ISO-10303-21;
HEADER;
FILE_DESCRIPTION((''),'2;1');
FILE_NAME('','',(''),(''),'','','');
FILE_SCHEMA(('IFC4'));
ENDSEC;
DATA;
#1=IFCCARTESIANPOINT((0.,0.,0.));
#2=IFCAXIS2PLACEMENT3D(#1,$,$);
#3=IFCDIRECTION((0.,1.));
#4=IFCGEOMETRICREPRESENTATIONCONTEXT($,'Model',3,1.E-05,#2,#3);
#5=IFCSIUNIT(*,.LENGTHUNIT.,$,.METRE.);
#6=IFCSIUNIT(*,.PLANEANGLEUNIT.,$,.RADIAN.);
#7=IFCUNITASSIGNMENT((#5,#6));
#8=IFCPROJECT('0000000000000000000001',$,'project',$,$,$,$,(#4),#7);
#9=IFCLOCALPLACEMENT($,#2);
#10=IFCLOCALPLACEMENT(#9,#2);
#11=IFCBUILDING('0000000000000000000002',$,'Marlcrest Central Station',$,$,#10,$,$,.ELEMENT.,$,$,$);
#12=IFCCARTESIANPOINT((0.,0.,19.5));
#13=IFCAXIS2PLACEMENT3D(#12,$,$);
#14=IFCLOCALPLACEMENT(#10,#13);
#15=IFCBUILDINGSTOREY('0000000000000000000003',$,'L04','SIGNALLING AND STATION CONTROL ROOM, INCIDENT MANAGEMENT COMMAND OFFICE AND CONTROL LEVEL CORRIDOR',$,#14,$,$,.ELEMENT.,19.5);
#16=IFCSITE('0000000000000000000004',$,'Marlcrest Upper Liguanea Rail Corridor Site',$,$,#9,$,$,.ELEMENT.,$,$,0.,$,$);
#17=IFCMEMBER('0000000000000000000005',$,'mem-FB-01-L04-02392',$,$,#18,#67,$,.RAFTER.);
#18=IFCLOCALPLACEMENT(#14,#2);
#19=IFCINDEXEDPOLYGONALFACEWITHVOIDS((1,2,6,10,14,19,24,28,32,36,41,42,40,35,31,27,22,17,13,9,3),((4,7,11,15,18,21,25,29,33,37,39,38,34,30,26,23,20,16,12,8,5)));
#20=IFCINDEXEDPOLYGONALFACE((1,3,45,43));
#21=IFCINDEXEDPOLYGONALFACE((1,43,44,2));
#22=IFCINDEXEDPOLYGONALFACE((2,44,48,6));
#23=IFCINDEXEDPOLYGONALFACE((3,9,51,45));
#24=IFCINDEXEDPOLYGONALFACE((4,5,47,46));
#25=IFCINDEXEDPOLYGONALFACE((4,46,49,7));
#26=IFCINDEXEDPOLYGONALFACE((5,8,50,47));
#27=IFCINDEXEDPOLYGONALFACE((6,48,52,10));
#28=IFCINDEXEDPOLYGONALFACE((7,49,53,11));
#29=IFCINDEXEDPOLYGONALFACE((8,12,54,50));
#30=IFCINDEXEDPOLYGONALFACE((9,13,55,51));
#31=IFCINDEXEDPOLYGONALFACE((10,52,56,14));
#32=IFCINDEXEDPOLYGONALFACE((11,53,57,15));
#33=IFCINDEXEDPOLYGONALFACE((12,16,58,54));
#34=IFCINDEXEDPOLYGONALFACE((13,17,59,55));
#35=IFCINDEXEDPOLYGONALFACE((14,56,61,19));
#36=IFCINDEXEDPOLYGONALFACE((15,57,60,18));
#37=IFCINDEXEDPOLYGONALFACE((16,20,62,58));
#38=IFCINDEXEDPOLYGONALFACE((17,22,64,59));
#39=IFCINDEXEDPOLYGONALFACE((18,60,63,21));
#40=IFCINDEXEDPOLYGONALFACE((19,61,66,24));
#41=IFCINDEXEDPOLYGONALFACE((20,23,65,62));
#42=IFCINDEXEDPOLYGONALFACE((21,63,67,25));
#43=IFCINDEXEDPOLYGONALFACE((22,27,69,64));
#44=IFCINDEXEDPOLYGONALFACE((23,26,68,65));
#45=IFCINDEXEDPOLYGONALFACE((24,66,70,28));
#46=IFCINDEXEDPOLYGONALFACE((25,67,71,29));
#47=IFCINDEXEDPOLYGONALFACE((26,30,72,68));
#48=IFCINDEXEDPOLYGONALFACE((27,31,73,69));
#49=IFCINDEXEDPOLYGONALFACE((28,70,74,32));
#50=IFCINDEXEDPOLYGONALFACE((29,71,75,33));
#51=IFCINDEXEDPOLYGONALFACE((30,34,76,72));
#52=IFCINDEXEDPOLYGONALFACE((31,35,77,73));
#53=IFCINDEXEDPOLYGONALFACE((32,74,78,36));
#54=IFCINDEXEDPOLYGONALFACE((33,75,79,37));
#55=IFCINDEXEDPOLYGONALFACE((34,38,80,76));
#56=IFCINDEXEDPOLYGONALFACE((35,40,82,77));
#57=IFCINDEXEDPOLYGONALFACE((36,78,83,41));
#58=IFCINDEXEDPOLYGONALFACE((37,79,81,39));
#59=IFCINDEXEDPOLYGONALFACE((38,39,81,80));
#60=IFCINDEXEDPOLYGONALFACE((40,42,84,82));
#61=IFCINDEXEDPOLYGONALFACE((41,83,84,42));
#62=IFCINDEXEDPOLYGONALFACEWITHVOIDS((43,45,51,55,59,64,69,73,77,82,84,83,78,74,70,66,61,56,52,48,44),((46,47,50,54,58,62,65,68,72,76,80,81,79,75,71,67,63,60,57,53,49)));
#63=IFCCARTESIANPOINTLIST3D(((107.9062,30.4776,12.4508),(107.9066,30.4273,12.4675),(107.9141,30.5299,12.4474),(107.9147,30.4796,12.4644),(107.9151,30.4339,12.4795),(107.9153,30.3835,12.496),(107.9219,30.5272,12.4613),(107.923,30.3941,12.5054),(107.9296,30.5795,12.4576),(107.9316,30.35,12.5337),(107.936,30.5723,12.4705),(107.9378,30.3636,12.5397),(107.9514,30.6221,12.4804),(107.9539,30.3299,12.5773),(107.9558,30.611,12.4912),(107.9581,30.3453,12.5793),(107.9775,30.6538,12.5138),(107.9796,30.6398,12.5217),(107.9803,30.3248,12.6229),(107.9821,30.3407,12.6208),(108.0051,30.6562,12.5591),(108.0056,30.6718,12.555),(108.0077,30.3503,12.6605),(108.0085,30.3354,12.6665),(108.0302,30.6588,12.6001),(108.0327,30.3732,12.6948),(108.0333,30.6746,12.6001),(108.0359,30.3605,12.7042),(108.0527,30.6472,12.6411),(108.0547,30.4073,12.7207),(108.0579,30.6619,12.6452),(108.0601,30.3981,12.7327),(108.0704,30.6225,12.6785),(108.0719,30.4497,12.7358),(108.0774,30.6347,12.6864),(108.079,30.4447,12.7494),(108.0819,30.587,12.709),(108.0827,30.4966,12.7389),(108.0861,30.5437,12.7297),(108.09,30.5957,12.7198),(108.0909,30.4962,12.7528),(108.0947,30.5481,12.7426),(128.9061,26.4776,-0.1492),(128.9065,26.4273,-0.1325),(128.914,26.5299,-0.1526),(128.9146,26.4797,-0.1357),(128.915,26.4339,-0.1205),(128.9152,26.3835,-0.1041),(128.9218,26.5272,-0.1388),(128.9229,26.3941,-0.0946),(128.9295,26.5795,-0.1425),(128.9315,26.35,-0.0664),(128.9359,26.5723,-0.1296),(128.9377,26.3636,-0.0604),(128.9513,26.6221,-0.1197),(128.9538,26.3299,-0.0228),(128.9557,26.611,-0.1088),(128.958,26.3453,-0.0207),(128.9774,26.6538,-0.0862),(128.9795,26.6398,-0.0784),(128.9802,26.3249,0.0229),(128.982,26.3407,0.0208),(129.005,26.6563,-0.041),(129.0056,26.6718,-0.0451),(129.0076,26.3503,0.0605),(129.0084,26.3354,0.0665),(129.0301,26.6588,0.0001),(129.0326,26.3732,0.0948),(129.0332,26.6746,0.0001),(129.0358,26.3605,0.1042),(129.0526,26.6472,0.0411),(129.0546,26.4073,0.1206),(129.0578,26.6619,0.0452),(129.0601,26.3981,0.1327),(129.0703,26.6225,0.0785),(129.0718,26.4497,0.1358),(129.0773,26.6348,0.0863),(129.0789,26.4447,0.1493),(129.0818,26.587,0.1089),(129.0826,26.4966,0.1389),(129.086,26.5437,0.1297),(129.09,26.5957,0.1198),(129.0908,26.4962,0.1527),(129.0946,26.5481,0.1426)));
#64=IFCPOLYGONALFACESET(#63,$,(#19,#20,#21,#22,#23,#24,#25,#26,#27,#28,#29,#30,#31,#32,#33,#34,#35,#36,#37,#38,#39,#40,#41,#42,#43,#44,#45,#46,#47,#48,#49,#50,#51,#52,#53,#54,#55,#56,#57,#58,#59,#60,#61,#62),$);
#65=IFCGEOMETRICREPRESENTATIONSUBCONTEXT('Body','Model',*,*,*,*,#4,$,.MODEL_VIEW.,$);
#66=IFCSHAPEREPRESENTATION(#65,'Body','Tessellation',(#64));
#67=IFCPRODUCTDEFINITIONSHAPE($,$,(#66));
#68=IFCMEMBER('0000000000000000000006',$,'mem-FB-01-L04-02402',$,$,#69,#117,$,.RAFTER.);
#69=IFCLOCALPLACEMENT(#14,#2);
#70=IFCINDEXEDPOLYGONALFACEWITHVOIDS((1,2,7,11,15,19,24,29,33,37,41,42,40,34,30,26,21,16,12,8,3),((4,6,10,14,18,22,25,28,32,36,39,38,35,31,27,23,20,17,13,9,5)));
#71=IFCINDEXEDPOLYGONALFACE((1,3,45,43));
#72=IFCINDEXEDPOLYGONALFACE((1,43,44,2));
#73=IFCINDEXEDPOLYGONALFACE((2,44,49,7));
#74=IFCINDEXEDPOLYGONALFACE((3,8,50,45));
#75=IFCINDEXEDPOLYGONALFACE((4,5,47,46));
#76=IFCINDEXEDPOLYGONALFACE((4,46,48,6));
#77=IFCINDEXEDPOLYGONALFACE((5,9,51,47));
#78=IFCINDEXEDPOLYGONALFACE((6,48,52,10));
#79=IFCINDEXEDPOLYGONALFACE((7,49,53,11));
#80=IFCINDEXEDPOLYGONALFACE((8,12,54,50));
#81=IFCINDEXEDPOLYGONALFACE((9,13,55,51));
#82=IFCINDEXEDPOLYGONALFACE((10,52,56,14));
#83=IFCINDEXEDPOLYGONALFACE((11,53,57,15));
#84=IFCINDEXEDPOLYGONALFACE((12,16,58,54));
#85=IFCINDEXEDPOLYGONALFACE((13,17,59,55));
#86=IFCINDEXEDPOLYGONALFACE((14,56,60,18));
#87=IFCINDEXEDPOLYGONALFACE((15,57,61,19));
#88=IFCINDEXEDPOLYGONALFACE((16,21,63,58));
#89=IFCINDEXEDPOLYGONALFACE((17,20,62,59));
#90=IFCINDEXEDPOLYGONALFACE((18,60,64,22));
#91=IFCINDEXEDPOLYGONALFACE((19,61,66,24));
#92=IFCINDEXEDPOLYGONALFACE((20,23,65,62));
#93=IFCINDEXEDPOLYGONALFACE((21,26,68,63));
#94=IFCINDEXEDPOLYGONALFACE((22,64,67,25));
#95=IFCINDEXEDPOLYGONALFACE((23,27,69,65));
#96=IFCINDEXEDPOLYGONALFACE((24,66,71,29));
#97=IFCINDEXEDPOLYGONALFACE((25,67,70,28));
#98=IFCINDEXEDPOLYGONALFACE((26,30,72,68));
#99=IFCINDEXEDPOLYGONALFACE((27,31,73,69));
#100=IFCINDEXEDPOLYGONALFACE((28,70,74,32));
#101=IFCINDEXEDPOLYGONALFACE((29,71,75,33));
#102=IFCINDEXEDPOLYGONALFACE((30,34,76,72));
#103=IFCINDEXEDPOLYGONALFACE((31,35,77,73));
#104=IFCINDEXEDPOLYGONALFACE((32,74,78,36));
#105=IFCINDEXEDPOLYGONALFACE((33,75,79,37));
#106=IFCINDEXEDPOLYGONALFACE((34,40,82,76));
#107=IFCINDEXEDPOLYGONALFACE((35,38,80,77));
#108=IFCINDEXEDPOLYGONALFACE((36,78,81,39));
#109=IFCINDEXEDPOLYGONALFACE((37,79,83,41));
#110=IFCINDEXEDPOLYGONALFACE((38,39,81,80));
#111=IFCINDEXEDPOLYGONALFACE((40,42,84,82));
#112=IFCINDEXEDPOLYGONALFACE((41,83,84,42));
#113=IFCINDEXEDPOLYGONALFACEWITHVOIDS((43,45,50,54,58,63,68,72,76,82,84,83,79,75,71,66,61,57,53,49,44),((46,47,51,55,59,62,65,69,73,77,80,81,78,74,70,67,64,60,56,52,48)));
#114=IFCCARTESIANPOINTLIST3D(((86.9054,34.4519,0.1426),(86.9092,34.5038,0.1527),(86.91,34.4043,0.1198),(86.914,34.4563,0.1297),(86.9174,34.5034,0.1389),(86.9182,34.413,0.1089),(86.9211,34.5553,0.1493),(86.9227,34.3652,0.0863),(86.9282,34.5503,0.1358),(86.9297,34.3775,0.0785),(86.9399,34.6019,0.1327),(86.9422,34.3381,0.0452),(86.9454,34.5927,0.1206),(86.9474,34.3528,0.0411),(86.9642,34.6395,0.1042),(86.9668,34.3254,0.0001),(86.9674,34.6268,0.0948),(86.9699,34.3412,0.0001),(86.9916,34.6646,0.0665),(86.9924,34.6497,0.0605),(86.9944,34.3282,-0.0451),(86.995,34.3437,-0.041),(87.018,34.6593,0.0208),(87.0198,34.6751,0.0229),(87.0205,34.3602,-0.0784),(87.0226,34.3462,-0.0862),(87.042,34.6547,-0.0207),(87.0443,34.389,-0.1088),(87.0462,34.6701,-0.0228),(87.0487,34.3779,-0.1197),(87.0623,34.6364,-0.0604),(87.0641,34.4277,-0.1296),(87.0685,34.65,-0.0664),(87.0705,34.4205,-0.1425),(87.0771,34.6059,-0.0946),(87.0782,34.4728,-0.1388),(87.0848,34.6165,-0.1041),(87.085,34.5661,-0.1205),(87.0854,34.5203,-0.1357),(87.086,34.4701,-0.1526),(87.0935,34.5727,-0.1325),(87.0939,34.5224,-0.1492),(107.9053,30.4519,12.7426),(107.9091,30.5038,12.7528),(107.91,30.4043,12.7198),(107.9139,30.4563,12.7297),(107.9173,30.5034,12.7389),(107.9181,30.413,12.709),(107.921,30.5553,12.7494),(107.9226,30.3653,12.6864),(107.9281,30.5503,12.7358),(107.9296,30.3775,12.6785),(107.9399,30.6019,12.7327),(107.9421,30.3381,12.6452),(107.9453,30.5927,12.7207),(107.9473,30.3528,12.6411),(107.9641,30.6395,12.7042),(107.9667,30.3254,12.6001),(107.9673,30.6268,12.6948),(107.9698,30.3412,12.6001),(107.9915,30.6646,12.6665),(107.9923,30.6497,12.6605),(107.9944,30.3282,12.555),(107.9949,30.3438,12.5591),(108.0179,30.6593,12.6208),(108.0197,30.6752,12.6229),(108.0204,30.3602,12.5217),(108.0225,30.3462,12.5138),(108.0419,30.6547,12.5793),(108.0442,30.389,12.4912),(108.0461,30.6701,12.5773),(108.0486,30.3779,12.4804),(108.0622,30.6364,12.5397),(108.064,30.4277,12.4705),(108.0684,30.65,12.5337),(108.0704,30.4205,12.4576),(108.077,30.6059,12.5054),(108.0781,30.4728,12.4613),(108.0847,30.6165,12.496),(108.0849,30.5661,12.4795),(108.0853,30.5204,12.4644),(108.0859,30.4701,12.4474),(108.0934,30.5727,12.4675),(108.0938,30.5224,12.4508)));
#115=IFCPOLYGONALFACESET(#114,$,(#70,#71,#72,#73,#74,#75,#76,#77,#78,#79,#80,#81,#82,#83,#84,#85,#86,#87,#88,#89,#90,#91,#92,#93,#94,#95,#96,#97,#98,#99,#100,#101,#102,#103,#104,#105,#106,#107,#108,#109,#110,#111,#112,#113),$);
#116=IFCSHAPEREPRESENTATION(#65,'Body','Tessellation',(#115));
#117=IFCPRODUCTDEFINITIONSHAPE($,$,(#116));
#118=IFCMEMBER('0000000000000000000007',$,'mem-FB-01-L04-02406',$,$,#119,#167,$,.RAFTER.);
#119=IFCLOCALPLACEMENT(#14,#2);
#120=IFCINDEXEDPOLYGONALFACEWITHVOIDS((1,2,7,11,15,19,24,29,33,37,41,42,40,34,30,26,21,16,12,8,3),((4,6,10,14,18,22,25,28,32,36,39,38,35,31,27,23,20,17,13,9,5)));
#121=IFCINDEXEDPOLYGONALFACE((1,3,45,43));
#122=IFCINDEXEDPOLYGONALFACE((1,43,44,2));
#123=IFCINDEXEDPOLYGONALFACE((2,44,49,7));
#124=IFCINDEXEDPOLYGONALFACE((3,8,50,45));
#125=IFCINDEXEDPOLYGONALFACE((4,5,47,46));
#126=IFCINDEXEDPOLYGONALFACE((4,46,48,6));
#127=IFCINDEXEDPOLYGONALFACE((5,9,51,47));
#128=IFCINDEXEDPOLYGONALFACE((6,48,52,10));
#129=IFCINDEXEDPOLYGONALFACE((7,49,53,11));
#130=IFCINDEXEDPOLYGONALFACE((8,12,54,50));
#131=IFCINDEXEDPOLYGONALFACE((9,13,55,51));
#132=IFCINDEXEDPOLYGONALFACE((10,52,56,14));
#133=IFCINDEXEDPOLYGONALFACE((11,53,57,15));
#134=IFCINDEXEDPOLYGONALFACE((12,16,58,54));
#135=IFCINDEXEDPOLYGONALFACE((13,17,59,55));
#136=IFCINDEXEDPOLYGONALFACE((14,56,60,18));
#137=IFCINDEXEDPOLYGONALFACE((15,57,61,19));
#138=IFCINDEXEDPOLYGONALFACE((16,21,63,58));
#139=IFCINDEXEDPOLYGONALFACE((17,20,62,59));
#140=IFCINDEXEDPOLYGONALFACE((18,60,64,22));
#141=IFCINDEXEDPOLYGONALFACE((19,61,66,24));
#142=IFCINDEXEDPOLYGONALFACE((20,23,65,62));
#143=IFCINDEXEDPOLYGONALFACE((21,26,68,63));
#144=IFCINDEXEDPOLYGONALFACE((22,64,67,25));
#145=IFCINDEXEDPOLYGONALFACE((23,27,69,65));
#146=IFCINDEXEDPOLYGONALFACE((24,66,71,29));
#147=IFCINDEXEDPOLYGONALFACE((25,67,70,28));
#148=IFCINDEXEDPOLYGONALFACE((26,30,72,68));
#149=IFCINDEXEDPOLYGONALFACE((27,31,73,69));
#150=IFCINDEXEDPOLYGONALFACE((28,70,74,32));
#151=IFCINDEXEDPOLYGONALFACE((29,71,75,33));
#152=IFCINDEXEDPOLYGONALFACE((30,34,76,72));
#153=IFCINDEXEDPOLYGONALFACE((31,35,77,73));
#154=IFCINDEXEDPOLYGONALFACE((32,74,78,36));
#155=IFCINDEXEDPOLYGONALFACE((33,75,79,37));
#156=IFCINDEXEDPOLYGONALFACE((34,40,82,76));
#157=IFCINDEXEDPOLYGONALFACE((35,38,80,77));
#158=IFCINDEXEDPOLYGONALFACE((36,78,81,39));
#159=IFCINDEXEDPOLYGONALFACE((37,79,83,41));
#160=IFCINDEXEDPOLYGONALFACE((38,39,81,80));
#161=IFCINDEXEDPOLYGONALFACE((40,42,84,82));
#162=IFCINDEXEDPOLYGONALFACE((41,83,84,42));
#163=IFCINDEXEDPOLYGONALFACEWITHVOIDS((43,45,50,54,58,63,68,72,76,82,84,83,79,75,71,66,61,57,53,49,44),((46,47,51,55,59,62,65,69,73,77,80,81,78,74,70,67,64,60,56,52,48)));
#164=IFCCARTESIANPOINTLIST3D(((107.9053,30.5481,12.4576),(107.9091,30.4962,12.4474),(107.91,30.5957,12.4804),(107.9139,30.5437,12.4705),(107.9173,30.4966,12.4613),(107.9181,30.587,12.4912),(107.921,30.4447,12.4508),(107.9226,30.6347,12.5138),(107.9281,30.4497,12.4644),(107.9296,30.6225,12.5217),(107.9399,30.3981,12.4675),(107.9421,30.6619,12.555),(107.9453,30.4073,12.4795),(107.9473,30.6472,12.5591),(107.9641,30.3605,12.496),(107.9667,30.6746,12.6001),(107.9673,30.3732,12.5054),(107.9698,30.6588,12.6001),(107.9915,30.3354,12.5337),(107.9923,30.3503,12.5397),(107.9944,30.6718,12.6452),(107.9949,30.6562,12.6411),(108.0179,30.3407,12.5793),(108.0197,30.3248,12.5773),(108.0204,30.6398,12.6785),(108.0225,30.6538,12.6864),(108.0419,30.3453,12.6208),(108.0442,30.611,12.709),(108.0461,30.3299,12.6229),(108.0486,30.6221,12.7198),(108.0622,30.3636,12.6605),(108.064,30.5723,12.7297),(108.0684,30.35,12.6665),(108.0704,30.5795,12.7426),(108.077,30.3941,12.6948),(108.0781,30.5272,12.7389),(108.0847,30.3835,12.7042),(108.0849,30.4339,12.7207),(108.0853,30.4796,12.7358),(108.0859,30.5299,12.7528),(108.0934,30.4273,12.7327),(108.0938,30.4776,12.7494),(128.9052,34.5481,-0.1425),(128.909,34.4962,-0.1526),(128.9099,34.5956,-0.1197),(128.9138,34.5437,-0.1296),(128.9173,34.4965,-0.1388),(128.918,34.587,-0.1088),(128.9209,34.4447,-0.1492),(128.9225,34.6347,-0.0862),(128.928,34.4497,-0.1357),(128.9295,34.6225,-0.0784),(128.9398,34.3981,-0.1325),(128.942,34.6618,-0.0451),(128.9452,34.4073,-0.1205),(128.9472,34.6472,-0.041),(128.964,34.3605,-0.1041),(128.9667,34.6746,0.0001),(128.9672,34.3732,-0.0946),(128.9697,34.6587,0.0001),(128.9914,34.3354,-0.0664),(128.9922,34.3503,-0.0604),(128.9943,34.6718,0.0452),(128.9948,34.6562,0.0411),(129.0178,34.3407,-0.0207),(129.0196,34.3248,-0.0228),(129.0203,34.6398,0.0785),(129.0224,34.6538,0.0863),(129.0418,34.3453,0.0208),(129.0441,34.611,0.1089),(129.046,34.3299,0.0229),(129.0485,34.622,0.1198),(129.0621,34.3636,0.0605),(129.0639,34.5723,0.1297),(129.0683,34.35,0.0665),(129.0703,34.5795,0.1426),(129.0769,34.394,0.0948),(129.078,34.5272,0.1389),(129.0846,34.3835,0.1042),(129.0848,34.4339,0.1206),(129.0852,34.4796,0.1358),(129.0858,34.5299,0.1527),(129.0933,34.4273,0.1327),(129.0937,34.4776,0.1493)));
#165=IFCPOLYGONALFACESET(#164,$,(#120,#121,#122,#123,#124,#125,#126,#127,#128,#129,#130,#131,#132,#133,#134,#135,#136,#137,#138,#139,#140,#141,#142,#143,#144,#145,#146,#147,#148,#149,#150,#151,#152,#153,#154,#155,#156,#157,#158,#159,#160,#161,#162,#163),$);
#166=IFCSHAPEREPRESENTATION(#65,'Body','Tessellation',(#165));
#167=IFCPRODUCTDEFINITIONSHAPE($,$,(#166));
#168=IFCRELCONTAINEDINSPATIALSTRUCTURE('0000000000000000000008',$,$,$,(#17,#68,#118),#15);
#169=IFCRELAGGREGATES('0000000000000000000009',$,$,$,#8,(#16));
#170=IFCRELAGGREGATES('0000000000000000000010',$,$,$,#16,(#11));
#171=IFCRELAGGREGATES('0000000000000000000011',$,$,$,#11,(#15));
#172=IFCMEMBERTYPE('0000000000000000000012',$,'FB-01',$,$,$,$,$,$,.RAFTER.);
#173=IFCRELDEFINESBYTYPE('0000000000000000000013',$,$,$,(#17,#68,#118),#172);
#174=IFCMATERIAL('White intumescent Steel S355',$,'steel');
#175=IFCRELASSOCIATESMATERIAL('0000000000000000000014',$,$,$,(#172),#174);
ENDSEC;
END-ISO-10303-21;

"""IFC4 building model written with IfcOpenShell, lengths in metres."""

from ifc_helpers import new_model, si_unit, direction, frame, origin, origin_2d, place, context, subcontext, project, spatial, hollow_circle, extrude, material, material_profile, profile_set, type_object, element, save


model = new_model("IFC4")

# Units and contexts
model_context = context("Model", 3, precision=1e-05, world=origin(), true_north=direction((0.0, 1.0)))
body_context = subcontext(model_context, "Body", "Model", "MODEL_VIEW")
ifc_project = project(units=[si_unit("LENGTHUNIT", "METRE"), si_unit("PLANEANGLEUNIT", "RADIAN")], contexts=[model_context])

# Site, building, storey
site_placement = place(None, origin())
site = spatial("IfcSite", under=ifc_project, at=site_placement, Name="Marlcrest Upper Liguanea Rail Corridor Site", CompositionType="ELEMENT", RefElevation=0.0)
building_placement = place(site_placement, origin())
building = spatial("IfcBuilding", under=site, at=building_placement, Name="Marlcrest Central Station", CompositionType="ELEMENT")
storey_placement = place(building_placement, frame((0.0, 0.0, 19.5)))
storey = spatial("IfcBuildingStorey", under=building, at=storey_placement, Name="L04", Description="SIGNALLING AND STATION CONTROL ROOM, INCIDENT MANAGEMENT COMMAND OFFICE AND CONTROL LEVEL CORRIDOR", CompositionType="ELEMENT", Elevation=19.5)

# Members
ifc_material_1 = material(Name="White intumescent Steel S355", Category="steel")
ifc_material_profile_1 = material_profile(ifc_material_1, hollow_circle(Radius=0.1777, WallThickness=0.0161, at=origin_2d()), Name="CHS 355.6x16")
ifc_profile_set_1 = profile_set([ifc_material_profile_1], Name="White intumescent Steel S355")
member_type_1 = type_object("IfcMemberType", Name="FB-01", PredefinedType="RAFTER", material=ifc_profile_set_1)
for number, where, z_axis, x_axis, name in (
    (1, (108.0, 30.5, 12.6001), (0.846277, -0.161196, -0.50777), (0.187112, 0.982339, 0.0), "mem-FB-01-L04-02392"),
    (2, (108.0, 30.5, 12.6001), (-0.846277, 0.161196, -0.50777), (-0.187112, -0.982339, 0.0), "mem-FB-01-L04-02402"),
    (3, (108.0, 30.5, 12.6001), (0.846277, 0.161196, -0.50777), (-0.187112, 0.982339, 0.0), "mem-FB-01-L04-02406"),
):
    element("IfcMember", number, at=place(storey_placement, frame(where, z_axis=z_axis, x_axis=x_axis)), inside=storey, type_object=member_type_1, Name=name, PredefinedType="RAFTER", context=body_context, shape_type="SweptSolid", body=[
        extrude(hollow_circle(Radius=0.1777, WallThickness=0.0161, at=origin_2d()), origin(), (0.0, 0.0, 1.0), 24.8145),
    ])

save(model, "model.ifc")
